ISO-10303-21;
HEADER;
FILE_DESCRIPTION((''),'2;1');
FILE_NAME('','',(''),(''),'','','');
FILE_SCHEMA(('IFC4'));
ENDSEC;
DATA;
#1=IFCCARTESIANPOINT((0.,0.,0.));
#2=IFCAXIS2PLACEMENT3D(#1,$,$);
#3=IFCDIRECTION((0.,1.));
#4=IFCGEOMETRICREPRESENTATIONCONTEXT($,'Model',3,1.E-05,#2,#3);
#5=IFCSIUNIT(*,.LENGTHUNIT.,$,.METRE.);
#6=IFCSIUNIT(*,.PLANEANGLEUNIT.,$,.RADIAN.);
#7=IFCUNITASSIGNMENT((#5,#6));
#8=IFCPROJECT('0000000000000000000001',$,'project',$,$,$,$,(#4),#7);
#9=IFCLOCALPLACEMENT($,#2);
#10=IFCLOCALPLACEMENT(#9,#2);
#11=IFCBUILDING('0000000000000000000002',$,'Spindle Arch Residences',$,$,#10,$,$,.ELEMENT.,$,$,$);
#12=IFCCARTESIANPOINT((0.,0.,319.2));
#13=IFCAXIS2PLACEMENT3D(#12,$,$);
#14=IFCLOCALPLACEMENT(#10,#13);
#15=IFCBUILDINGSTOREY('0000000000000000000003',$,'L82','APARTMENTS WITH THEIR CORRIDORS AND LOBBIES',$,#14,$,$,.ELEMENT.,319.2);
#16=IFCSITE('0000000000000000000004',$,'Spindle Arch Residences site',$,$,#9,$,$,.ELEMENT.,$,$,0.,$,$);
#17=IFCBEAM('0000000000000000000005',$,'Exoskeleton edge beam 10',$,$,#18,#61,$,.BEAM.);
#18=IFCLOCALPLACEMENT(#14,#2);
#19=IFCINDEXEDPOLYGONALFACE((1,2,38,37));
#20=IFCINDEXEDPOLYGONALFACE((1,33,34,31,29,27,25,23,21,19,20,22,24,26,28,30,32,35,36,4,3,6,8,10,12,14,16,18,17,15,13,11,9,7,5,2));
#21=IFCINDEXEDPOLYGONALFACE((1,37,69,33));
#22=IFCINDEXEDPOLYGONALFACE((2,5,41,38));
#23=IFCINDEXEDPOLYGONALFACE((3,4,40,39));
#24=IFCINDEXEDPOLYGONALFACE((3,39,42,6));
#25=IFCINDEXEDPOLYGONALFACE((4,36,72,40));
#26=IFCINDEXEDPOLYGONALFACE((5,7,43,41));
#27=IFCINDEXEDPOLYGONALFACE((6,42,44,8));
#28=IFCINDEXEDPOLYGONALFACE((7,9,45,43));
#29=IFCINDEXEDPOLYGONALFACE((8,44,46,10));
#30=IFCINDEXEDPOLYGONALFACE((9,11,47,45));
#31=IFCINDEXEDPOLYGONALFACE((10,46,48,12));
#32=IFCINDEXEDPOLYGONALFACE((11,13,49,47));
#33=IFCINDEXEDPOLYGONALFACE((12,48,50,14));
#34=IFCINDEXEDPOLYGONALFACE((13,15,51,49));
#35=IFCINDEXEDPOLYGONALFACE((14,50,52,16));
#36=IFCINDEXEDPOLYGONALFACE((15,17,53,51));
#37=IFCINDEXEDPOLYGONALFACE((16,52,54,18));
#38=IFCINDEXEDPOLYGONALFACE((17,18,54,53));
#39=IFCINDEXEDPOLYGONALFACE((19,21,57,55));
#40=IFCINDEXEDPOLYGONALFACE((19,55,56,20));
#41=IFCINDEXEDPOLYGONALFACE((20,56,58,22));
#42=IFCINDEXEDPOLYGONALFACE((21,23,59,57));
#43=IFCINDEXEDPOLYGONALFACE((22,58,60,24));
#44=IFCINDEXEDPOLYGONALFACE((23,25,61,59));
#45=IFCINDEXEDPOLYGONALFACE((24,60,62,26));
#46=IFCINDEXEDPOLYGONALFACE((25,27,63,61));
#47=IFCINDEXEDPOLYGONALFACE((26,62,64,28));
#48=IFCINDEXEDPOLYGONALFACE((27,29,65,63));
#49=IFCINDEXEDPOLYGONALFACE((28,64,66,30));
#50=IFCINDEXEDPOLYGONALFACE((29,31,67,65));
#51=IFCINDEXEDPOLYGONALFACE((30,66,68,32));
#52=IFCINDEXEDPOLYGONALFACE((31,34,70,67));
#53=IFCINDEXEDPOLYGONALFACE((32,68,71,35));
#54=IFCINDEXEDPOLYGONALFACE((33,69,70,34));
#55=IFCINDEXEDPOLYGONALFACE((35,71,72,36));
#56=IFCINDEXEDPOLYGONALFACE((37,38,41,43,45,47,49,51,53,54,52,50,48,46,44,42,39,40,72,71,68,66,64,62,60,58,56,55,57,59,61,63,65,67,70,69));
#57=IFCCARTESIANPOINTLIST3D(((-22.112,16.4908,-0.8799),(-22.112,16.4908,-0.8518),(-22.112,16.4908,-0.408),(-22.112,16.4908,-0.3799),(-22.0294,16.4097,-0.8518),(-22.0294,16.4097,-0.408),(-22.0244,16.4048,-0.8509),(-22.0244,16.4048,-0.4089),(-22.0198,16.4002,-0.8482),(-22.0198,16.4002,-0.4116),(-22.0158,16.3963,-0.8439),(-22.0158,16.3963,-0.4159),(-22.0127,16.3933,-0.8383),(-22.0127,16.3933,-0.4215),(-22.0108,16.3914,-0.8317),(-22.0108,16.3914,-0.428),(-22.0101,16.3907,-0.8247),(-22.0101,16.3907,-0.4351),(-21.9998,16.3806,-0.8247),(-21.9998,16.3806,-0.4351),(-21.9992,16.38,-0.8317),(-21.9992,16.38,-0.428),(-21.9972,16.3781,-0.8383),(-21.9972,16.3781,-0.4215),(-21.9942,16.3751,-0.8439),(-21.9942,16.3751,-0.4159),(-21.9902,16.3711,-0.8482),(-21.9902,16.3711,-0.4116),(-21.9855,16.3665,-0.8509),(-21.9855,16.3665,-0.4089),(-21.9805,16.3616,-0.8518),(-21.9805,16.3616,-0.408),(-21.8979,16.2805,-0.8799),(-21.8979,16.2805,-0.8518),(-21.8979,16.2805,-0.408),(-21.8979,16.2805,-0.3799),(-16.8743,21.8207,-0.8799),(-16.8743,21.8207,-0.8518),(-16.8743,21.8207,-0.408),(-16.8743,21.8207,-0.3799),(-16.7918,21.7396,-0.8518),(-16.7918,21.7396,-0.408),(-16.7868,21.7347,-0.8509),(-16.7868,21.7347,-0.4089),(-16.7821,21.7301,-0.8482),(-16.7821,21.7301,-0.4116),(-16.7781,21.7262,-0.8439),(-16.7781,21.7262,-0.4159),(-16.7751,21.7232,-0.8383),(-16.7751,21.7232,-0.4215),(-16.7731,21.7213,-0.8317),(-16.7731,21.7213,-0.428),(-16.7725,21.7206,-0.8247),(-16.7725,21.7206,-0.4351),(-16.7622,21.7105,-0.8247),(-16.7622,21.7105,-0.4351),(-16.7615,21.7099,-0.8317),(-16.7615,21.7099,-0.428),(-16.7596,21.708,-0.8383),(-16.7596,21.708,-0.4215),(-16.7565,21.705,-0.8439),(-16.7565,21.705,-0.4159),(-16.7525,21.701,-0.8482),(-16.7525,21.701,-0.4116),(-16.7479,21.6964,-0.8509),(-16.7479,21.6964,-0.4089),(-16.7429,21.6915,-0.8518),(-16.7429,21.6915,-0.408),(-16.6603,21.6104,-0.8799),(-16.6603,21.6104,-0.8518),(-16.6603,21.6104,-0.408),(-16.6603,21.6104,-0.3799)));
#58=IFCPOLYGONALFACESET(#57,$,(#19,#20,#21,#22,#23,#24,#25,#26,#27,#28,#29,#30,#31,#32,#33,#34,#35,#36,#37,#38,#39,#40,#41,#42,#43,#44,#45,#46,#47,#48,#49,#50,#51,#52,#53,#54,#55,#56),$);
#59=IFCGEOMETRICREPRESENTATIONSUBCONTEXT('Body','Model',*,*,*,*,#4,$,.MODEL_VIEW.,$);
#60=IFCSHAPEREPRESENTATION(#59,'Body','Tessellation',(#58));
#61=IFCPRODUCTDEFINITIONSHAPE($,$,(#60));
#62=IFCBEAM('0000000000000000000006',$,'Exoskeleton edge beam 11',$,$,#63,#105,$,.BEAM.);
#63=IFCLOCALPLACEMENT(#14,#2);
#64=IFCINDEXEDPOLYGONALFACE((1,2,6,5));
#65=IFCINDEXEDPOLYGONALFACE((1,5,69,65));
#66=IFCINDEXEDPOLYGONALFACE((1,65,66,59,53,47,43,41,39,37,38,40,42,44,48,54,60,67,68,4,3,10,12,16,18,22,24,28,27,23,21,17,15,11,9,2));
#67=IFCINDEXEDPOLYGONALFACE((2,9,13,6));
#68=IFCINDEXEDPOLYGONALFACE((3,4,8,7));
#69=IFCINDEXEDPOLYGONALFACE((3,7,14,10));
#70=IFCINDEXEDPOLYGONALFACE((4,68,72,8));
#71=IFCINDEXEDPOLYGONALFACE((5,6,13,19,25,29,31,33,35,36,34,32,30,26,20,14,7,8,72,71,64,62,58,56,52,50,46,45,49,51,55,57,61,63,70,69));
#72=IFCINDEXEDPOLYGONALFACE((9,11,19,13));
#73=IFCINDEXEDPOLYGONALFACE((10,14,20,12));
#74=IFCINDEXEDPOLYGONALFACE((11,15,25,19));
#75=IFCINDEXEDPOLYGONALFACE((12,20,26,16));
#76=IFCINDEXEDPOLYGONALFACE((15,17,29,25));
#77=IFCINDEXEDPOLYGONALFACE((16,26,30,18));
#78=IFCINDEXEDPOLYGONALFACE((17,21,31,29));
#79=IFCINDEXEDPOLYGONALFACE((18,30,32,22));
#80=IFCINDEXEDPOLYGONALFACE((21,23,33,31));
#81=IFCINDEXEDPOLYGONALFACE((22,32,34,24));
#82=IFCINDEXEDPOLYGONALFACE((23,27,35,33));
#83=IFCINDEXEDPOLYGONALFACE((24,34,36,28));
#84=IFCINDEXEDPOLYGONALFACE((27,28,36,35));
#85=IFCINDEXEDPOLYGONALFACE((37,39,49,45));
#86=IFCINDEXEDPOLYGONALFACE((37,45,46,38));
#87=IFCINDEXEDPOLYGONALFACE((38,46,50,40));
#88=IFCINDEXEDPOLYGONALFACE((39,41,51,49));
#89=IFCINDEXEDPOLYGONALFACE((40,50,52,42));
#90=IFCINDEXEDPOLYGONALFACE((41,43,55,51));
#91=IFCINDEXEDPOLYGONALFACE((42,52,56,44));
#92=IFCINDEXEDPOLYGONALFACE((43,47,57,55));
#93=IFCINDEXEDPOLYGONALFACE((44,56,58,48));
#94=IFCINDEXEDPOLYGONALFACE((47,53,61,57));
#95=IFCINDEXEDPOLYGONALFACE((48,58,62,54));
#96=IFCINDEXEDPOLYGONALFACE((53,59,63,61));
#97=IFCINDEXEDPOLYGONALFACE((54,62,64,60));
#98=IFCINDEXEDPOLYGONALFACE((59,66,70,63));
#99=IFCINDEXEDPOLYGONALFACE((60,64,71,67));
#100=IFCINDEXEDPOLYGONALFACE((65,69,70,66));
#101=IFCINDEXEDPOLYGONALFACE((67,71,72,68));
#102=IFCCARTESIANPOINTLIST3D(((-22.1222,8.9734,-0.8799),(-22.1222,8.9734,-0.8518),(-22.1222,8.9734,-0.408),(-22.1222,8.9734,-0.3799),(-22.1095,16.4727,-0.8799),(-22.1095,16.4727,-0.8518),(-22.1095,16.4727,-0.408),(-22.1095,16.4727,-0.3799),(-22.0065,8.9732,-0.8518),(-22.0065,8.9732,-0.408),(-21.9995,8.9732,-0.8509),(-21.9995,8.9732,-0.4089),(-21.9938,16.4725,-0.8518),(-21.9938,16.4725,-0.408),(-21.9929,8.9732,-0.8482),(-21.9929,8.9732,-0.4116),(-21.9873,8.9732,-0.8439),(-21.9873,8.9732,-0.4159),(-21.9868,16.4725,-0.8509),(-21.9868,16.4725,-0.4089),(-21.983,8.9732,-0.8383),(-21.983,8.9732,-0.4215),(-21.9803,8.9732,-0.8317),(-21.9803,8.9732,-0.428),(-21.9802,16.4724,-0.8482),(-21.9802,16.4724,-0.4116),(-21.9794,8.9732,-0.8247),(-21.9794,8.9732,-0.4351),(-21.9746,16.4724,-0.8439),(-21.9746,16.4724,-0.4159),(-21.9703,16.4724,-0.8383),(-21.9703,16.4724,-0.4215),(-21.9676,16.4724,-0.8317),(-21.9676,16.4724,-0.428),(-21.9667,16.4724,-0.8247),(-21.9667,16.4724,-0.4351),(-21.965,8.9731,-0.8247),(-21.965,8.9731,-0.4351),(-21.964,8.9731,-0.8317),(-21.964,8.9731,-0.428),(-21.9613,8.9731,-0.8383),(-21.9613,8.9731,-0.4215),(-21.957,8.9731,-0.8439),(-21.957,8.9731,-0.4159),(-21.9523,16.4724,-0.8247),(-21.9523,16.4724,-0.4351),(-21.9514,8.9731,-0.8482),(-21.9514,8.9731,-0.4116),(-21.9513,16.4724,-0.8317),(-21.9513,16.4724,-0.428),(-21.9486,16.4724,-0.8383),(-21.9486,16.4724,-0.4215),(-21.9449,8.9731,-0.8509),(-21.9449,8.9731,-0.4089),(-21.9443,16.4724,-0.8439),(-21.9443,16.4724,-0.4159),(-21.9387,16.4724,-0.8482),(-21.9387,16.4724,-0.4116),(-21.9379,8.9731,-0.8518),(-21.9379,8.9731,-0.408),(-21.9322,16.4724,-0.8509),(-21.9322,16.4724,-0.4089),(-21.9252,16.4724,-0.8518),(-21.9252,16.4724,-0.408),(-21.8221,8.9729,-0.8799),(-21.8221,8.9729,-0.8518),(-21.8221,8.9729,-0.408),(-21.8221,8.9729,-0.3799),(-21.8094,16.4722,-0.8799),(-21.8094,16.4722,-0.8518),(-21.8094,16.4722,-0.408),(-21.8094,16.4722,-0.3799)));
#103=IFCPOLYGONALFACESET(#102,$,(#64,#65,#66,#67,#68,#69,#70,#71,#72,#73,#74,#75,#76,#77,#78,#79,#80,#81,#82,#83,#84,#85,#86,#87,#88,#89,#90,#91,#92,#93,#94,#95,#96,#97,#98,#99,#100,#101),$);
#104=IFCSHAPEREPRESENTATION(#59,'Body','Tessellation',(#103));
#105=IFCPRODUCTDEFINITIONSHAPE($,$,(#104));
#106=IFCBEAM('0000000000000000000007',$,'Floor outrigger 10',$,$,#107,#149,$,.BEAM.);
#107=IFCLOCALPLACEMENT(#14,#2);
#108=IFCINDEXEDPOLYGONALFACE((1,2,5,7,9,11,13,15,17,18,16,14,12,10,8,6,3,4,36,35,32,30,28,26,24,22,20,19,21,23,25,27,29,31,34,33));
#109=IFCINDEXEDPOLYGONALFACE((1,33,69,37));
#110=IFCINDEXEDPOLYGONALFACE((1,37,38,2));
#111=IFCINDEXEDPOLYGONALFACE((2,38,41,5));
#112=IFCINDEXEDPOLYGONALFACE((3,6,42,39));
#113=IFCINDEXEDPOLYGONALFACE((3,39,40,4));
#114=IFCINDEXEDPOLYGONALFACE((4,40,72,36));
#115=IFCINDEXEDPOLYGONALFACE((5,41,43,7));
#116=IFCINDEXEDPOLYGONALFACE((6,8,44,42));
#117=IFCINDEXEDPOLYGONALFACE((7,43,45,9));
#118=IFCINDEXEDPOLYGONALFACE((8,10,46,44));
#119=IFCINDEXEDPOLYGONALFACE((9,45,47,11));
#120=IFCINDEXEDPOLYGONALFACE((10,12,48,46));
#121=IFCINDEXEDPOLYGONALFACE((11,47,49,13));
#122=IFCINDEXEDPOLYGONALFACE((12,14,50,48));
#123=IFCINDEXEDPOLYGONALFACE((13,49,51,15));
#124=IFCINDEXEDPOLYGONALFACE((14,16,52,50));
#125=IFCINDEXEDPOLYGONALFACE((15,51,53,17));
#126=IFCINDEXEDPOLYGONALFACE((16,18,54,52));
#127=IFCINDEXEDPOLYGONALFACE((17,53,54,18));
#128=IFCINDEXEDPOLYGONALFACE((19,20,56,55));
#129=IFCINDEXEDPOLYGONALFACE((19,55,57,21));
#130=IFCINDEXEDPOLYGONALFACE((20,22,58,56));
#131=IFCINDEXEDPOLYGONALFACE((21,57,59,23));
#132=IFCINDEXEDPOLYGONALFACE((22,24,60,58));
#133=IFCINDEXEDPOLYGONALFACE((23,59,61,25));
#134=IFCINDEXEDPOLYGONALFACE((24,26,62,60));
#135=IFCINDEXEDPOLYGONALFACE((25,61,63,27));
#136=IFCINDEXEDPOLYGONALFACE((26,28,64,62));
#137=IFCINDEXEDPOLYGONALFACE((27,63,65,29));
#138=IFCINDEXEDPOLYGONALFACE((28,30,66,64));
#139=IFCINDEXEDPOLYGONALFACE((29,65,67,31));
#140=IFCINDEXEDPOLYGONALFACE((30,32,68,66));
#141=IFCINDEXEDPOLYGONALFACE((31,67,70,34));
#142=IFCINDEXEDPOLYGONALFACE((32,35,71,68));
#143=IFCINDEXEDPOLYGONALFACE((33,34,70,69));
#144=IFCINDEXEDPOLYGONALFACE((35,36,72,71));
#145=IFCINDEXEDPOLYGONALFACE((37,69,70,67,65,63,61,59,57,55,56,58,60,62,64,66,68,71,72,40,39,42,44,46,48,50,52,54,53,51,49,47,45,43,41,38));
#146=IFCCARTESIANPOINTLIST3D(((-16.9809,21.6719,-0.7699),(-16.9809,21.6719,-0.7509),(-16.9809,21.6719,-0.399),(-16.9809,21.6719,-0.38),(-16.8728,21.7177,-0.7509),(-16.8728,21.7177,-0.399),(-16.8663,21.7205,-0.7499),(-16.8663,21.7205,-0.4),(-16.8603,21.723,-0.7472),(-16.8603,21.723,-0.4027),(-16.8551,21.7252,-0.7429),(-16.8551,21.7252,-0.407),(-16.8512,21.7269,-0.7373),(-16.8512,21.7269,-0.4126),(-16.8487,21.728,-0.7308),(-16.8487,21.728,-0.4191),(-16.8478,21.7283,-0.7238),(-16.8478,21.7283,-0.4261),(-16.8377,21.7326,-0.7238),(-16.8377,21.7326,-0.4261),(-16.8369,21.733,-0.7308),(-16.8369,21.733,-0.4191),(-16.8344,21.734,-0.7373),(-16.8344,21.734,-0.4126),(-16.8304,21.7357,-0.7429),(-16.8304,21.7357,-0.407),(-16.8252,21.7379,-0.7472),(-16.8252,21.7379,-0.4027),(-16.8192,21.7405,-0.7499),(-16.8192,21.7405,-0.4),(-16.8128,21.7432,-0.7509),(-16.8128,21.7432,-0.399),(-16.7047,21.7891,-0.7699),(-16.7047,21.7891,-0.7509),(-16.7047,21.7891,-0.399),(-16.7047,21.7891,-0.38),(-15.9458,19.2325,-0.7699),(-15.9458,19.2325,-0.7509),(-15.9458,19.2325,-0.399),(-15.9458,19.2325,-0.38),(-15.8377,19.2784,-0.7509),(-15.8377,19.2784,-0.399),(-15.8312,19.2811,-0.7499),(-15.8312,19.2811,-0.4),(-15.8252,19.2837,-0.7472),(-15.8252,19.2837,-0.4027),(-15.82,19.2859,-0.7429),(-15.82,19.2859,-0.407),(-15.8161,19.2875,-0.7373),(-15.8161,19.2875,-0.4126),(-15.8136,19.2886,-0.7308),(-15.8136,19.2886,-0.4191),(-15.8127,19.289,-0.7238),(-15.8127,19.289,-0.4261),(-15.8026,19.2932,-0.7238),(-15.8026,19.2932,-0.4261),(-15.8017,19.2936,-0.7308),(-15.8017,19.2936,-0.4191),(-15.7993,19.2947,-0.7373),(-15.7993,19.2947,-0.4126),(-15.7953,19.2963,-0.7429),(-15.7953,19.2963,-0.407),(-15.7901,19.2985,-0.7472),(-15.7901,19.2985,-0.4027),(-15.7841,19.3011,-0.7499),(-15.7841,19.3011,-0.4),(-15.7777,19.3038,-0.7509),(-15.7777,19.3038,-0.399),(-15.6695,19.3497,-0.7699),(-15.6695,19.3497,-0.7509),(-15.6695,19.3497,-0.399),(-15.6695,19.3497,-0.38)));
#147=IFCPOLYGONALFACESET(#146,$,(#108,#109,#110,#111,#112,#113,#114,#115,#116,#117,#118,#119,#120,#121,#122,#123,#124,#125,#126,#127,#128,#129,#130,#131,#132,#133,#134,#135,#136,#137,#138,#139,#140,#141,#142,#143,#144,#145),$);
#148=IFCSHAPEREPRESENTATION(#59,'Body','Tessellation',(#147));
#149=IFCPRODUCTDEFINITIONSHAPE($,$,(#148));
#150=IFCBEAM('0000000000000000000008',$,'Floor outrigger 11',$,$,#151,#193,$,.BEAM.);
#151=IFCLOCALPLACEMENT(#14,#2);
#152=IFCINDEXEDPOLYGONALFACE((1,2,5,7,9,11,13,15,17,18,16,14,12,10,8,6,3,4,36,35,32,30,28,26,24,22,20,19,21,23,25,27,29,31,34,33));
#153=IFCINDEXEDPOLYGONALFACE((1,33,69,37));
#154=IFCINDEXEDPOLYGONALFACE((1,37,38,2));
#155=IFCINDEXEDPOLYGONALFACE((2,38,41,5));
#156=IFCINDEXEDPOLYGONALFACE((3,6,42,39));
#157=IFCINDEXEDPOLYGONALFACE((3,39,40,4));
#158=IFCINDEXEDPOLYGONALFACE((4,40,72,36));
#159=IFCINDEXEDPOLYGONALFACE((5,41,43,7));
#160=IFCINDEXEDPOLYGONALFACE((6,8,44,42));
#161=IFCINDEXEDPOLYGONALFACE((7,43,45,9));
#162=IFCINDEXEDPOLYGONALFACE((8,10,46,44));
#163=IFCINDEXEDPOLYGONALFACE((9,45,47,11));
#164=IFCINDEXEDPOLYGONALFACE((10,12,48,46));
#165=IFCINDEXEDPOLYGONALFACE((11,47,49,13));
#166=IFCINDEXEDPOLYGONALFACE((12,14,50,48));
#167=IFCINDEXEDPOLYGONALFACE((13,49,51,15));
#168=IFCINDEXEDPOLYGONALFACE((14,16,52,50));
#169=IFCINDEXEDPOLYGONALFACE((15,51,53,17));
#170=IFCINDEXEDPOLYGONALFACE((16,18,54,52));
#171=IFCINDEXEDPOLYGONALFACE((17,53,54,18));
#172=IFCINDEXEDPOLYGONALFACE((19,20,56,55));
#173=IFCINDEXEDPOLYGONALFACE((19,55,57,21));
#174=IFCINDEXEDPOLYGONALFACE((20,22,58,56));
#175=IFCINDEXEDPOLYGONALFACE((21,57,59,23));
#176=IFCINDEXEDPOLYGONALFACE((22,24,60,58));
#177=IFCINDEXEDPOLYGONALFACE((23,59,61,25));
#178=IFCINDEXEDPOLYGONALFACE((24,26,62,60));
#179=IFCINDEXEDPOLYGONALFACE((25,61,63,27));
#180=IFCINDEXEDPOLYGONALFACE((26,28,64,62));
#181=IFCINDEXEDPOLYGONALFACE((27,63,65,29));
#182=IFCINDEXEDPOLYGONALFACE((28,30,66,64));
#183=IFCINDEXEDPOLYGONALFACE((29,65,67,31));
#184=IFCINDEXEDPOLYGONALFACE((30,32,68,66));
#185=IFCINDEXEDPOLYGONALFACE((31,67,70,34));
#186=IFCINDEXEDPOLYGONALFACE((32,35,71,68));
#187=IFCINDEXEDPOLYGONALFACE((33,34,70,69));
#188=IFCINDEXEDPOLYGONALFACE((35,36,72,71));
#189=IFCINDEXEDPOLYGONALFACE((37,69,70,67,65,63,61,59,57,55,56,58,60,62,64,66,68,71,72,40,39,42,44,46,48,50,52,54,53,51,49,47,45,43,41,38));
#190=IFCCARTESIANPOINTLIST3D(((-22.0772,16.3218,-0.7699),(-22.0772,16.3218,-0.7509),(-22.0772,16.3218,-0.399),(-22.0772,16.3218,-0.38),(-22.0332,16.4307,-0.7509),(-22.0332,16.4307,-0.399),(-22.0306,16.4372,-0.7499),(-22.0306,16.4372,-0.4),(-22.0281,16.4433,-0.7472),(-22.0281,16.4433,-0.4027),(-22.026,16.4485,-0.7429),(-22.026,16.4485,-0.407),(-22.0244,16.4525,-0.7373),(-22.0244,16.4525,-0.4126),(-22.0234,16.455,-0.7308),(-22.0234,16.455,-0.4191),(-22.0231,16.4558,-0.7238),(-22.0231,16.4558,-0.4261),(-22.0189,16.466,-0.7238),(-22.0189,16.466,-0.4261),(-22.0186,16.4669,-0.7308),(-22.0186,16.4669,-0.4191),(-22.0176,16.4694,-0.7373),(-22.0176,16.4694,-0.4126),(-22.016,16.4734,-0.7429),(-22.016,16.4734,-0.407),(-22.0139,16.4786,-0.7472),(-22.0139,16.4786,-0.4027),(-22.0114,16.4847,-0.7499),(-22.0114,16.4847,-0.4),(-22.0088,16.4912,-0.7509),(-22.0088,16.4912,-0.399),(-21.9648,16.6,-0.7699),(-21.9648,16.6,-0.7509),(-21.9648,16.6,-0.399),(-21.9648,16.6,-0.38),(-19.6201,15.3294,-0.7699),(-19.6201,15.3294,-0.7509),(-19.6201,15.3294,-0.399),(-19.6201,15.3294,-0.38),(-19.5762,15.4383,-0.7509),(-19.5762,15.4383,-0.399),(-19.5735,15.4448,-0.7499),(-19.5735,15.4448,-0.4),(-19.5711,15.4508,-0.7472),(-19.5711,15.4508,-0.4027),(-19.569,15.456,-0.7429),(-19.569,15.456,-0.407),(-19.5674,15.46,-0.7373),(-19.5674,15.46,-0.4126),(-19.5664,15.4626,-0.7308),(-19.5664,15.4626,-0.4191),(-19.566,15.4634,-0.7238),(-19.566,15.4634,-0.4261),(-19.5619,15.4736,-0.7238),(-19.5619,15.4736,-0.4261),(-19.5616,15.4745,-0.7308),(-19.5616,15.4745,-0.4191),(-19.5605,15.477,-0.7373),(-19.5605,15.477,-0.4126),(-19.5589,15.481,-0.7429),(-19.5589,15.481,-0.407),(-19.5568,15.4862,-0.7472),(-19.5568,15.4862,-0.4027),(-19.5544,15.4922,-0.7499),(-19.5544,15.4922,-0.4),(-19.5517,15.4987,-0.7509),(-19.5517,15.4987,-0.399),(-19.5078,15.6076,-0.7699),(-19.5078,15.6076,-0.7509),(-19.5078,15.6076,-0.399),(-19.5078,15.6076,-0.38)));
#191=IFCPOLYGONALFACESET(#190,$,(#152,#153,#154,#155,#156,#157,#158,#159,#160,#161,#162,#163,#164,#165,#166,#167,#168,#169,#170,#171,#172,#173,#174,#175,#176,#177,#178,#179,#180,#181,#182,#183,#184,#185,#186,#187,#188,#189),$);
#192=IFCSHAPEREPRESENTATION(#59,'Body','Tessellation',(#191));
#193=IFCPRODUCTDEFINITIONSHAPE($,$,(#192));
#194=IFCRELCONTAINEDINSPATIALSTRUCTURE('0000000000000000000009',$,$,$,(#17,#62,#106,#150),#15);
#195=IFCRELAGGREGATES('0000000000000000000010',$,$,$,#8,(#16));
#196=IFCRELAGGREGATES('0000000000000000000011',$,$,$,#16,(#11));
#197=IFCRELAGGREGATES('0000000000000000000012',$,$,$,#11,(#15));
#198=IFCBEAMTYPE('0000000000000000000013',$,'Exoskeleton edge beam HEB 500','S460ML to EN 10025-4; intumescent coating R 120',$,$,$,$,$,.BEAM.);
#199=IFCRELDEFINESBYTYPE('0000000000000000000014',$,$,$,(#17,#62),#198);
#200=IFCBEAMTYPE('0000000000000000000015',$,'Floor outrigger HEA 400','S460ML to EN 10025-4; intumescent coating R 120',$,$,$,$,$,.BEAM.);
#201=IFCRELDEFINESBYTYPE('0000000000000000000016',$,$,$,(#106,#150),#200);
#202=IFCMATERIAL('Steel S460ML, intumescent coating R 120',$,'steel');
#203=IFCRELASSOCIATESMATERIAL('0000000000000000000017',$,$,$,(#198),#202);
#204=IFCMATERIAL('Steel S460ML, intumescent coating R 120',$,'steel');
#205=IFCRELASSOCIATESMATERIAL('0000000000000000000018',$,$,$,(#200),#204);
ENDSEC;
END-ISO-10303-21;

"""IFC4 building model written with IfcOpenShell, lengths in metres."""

from ifc_helpers import new_model, si_unit, direction, frame, origin, origin_2d, place, context, subcontext, project, spatial, i_section, extrude, material, material_profile, profile_set, type_object, element, save


model = new_model("IFC4")

# Units and contexts
model_context = context("Model", 3, precision=1e-05, world=origin(), true_north=direction((0.0, 1.0)))
body_context = subcontext(model_context, "Body", "Model", "MODEL_VIEW")
ifc_project = project(units=[si_unit("LENGTHUNIT", "METRE"), si_unit("PLANEANGLEUNIT", "RADIAN")], contexts=[model_context])

# Site, building, storey
site_placement = place(None, origin())
site = spatial("IfcSite", under=ifc_project, at=site_placement, Name="Spindle Arch Residences site", CompositionType="ELEMENT", RefElevation=0.0)
building_placement = place(site_placement, origin())
building = spatial("IfcBuilding", under=site, at=building_placement, Name="Spindle Arch Residences", CompositionType="ELEMENT")
storey_placement = place(building_placement, frame((0.0, 0.0, 319.2)))
storey = spatial("IfcBuildingStorey", under=building, at=storey_placement, Name="L82", Description="APARTMENTS WITH THEIR CORRIDORS AND LOBBIES", CompositionType="ELEMENT", Elevation=319.2)

# Beams
ifc_material_1 = material(Name="Steel S460ML, intumescent coating R 120", Category="steel")
ifc_material_profile_1 = material_profile(ifc_material_1, i_section(OverallWidth=0.3, OverallDepth=0.5, WebThickness=0.0144, FlangeThickness=0.0281, FilletRadius=0.0271, at=origin_2d()), Name="HEB 500")
ifc_profile_set_1 = profile_set([ifc_material_profile_1], Name="Steel S460ML, intumescent coating R 120")
beam_type_1 = type_object("IfcBeamType", Name="Exoskeleton edge beam HEB 500", Description="S460ML to EN 10025-4; intumescent coating R 120", PredefinedType="BEAM", material=ifc_profile_set_1)
beam_1_placement = place(storey_placement, frame((-16.7673, 21.7156, -0.6299), z_axis=(-0.700905, -0.713255, 0.0), x_axis=(0.713255, -0.700905, 0.0)))
element("IfcBeam", 1, at=beam_1_placement, inside=storey, type_object=beam_type_1, Name="Exoskeleton edge beam 10", PredefinedType="BEAM", context=body_context, shape_type="SweptSolid", body=[
    extrude(i_section(OverallWidth=0.3, OverallDepth=0.5, WebThickness=0.0144, FlangeThickness=0.0281, FilletRadius=0.0271, at=origin_2d()), origin(), (0.0, 0.0, 1.0), 7.4727),
])
beam_2_placement = place(storey_placement, frame((-21.9595, 16.4724, -0.6299), z_axis=(-0.001693, -0.999999, 0.0), x_axis=(0.999999, -0.001693, 0.0)))
element("IfcBeam", 2, at=beam_2_placement, inside=storey, type_object=beam_type_1, Name="Exoskeleton edge beam 11", PredefinedType="BEAM", context=body_context, shape_type="SweptSolid", body=[
    extrude(i_section(OverallWidth=0.3, OverallDepth=0.5, WebThickness=0.0144, FlangeThickness=0.0281, FilletRadius=0.0271, at=origin_2d()), origin(), (0.0, 0.0, 1.0), 7.4993),
])
ifc_material_2 = material(Name="Steel S460ML, intumescent coating R 120", Category="steel")
ifc_material_profile_2 = material_profile(ifc_material_2, i_section(OverallWidth=0.3, OverallDepth=0.3899, WebThickness=0.011, FlangeThickness=0.019, FilletRadius=0.0271, at=origin_2d()), Name="HEA 400")
ifc_profile_set_2 = profile_set([ifc_material_profile_2], Name="Steel S460ML, intumescent coating R 120")
beam_type_2 = type_object("IfcBeamType", Name="Floor outrigger HEA 400", Description="S460ML to EN 10025-4; intumescent coating R 120", PredefinedType="BEAM", material=ifc_profile_set_2)
for number, where, z_axis, x_axis, name in (
    (3, (-16.8428, 21.7305, -0.575), (0.390626, -0.92055, 0.0), (0.92055, 0.390626, 0.0), "Floor outrigger 10"),
    (4, (-22.021, 16.4609, -0.575), (0.92722, -0.374518, 0.0), (0.374518, 0.92722, 0.0), "Floor outrigger 11"),
):
    element("IfcBeam", number, at=place(storey_placement, frame(where, z_axis=z_axis, x_axis=x_axis)), inside=storey, type_object=beam_type_2, Name=name, PredefinedType="BEAM", context=body_context, shape_type="SweptSolid", body=[
        extrude(i_section(OverallWidth=0.3, OverallDepth=0.3899, WebThickness=0.011, FlangeThickness=0.019, FilletRadius=0.0271, at=origin_2d()), origin(), (0.0, 0.0, 1.0), 2.6499),
    ])

save(model, "model.ifc")
